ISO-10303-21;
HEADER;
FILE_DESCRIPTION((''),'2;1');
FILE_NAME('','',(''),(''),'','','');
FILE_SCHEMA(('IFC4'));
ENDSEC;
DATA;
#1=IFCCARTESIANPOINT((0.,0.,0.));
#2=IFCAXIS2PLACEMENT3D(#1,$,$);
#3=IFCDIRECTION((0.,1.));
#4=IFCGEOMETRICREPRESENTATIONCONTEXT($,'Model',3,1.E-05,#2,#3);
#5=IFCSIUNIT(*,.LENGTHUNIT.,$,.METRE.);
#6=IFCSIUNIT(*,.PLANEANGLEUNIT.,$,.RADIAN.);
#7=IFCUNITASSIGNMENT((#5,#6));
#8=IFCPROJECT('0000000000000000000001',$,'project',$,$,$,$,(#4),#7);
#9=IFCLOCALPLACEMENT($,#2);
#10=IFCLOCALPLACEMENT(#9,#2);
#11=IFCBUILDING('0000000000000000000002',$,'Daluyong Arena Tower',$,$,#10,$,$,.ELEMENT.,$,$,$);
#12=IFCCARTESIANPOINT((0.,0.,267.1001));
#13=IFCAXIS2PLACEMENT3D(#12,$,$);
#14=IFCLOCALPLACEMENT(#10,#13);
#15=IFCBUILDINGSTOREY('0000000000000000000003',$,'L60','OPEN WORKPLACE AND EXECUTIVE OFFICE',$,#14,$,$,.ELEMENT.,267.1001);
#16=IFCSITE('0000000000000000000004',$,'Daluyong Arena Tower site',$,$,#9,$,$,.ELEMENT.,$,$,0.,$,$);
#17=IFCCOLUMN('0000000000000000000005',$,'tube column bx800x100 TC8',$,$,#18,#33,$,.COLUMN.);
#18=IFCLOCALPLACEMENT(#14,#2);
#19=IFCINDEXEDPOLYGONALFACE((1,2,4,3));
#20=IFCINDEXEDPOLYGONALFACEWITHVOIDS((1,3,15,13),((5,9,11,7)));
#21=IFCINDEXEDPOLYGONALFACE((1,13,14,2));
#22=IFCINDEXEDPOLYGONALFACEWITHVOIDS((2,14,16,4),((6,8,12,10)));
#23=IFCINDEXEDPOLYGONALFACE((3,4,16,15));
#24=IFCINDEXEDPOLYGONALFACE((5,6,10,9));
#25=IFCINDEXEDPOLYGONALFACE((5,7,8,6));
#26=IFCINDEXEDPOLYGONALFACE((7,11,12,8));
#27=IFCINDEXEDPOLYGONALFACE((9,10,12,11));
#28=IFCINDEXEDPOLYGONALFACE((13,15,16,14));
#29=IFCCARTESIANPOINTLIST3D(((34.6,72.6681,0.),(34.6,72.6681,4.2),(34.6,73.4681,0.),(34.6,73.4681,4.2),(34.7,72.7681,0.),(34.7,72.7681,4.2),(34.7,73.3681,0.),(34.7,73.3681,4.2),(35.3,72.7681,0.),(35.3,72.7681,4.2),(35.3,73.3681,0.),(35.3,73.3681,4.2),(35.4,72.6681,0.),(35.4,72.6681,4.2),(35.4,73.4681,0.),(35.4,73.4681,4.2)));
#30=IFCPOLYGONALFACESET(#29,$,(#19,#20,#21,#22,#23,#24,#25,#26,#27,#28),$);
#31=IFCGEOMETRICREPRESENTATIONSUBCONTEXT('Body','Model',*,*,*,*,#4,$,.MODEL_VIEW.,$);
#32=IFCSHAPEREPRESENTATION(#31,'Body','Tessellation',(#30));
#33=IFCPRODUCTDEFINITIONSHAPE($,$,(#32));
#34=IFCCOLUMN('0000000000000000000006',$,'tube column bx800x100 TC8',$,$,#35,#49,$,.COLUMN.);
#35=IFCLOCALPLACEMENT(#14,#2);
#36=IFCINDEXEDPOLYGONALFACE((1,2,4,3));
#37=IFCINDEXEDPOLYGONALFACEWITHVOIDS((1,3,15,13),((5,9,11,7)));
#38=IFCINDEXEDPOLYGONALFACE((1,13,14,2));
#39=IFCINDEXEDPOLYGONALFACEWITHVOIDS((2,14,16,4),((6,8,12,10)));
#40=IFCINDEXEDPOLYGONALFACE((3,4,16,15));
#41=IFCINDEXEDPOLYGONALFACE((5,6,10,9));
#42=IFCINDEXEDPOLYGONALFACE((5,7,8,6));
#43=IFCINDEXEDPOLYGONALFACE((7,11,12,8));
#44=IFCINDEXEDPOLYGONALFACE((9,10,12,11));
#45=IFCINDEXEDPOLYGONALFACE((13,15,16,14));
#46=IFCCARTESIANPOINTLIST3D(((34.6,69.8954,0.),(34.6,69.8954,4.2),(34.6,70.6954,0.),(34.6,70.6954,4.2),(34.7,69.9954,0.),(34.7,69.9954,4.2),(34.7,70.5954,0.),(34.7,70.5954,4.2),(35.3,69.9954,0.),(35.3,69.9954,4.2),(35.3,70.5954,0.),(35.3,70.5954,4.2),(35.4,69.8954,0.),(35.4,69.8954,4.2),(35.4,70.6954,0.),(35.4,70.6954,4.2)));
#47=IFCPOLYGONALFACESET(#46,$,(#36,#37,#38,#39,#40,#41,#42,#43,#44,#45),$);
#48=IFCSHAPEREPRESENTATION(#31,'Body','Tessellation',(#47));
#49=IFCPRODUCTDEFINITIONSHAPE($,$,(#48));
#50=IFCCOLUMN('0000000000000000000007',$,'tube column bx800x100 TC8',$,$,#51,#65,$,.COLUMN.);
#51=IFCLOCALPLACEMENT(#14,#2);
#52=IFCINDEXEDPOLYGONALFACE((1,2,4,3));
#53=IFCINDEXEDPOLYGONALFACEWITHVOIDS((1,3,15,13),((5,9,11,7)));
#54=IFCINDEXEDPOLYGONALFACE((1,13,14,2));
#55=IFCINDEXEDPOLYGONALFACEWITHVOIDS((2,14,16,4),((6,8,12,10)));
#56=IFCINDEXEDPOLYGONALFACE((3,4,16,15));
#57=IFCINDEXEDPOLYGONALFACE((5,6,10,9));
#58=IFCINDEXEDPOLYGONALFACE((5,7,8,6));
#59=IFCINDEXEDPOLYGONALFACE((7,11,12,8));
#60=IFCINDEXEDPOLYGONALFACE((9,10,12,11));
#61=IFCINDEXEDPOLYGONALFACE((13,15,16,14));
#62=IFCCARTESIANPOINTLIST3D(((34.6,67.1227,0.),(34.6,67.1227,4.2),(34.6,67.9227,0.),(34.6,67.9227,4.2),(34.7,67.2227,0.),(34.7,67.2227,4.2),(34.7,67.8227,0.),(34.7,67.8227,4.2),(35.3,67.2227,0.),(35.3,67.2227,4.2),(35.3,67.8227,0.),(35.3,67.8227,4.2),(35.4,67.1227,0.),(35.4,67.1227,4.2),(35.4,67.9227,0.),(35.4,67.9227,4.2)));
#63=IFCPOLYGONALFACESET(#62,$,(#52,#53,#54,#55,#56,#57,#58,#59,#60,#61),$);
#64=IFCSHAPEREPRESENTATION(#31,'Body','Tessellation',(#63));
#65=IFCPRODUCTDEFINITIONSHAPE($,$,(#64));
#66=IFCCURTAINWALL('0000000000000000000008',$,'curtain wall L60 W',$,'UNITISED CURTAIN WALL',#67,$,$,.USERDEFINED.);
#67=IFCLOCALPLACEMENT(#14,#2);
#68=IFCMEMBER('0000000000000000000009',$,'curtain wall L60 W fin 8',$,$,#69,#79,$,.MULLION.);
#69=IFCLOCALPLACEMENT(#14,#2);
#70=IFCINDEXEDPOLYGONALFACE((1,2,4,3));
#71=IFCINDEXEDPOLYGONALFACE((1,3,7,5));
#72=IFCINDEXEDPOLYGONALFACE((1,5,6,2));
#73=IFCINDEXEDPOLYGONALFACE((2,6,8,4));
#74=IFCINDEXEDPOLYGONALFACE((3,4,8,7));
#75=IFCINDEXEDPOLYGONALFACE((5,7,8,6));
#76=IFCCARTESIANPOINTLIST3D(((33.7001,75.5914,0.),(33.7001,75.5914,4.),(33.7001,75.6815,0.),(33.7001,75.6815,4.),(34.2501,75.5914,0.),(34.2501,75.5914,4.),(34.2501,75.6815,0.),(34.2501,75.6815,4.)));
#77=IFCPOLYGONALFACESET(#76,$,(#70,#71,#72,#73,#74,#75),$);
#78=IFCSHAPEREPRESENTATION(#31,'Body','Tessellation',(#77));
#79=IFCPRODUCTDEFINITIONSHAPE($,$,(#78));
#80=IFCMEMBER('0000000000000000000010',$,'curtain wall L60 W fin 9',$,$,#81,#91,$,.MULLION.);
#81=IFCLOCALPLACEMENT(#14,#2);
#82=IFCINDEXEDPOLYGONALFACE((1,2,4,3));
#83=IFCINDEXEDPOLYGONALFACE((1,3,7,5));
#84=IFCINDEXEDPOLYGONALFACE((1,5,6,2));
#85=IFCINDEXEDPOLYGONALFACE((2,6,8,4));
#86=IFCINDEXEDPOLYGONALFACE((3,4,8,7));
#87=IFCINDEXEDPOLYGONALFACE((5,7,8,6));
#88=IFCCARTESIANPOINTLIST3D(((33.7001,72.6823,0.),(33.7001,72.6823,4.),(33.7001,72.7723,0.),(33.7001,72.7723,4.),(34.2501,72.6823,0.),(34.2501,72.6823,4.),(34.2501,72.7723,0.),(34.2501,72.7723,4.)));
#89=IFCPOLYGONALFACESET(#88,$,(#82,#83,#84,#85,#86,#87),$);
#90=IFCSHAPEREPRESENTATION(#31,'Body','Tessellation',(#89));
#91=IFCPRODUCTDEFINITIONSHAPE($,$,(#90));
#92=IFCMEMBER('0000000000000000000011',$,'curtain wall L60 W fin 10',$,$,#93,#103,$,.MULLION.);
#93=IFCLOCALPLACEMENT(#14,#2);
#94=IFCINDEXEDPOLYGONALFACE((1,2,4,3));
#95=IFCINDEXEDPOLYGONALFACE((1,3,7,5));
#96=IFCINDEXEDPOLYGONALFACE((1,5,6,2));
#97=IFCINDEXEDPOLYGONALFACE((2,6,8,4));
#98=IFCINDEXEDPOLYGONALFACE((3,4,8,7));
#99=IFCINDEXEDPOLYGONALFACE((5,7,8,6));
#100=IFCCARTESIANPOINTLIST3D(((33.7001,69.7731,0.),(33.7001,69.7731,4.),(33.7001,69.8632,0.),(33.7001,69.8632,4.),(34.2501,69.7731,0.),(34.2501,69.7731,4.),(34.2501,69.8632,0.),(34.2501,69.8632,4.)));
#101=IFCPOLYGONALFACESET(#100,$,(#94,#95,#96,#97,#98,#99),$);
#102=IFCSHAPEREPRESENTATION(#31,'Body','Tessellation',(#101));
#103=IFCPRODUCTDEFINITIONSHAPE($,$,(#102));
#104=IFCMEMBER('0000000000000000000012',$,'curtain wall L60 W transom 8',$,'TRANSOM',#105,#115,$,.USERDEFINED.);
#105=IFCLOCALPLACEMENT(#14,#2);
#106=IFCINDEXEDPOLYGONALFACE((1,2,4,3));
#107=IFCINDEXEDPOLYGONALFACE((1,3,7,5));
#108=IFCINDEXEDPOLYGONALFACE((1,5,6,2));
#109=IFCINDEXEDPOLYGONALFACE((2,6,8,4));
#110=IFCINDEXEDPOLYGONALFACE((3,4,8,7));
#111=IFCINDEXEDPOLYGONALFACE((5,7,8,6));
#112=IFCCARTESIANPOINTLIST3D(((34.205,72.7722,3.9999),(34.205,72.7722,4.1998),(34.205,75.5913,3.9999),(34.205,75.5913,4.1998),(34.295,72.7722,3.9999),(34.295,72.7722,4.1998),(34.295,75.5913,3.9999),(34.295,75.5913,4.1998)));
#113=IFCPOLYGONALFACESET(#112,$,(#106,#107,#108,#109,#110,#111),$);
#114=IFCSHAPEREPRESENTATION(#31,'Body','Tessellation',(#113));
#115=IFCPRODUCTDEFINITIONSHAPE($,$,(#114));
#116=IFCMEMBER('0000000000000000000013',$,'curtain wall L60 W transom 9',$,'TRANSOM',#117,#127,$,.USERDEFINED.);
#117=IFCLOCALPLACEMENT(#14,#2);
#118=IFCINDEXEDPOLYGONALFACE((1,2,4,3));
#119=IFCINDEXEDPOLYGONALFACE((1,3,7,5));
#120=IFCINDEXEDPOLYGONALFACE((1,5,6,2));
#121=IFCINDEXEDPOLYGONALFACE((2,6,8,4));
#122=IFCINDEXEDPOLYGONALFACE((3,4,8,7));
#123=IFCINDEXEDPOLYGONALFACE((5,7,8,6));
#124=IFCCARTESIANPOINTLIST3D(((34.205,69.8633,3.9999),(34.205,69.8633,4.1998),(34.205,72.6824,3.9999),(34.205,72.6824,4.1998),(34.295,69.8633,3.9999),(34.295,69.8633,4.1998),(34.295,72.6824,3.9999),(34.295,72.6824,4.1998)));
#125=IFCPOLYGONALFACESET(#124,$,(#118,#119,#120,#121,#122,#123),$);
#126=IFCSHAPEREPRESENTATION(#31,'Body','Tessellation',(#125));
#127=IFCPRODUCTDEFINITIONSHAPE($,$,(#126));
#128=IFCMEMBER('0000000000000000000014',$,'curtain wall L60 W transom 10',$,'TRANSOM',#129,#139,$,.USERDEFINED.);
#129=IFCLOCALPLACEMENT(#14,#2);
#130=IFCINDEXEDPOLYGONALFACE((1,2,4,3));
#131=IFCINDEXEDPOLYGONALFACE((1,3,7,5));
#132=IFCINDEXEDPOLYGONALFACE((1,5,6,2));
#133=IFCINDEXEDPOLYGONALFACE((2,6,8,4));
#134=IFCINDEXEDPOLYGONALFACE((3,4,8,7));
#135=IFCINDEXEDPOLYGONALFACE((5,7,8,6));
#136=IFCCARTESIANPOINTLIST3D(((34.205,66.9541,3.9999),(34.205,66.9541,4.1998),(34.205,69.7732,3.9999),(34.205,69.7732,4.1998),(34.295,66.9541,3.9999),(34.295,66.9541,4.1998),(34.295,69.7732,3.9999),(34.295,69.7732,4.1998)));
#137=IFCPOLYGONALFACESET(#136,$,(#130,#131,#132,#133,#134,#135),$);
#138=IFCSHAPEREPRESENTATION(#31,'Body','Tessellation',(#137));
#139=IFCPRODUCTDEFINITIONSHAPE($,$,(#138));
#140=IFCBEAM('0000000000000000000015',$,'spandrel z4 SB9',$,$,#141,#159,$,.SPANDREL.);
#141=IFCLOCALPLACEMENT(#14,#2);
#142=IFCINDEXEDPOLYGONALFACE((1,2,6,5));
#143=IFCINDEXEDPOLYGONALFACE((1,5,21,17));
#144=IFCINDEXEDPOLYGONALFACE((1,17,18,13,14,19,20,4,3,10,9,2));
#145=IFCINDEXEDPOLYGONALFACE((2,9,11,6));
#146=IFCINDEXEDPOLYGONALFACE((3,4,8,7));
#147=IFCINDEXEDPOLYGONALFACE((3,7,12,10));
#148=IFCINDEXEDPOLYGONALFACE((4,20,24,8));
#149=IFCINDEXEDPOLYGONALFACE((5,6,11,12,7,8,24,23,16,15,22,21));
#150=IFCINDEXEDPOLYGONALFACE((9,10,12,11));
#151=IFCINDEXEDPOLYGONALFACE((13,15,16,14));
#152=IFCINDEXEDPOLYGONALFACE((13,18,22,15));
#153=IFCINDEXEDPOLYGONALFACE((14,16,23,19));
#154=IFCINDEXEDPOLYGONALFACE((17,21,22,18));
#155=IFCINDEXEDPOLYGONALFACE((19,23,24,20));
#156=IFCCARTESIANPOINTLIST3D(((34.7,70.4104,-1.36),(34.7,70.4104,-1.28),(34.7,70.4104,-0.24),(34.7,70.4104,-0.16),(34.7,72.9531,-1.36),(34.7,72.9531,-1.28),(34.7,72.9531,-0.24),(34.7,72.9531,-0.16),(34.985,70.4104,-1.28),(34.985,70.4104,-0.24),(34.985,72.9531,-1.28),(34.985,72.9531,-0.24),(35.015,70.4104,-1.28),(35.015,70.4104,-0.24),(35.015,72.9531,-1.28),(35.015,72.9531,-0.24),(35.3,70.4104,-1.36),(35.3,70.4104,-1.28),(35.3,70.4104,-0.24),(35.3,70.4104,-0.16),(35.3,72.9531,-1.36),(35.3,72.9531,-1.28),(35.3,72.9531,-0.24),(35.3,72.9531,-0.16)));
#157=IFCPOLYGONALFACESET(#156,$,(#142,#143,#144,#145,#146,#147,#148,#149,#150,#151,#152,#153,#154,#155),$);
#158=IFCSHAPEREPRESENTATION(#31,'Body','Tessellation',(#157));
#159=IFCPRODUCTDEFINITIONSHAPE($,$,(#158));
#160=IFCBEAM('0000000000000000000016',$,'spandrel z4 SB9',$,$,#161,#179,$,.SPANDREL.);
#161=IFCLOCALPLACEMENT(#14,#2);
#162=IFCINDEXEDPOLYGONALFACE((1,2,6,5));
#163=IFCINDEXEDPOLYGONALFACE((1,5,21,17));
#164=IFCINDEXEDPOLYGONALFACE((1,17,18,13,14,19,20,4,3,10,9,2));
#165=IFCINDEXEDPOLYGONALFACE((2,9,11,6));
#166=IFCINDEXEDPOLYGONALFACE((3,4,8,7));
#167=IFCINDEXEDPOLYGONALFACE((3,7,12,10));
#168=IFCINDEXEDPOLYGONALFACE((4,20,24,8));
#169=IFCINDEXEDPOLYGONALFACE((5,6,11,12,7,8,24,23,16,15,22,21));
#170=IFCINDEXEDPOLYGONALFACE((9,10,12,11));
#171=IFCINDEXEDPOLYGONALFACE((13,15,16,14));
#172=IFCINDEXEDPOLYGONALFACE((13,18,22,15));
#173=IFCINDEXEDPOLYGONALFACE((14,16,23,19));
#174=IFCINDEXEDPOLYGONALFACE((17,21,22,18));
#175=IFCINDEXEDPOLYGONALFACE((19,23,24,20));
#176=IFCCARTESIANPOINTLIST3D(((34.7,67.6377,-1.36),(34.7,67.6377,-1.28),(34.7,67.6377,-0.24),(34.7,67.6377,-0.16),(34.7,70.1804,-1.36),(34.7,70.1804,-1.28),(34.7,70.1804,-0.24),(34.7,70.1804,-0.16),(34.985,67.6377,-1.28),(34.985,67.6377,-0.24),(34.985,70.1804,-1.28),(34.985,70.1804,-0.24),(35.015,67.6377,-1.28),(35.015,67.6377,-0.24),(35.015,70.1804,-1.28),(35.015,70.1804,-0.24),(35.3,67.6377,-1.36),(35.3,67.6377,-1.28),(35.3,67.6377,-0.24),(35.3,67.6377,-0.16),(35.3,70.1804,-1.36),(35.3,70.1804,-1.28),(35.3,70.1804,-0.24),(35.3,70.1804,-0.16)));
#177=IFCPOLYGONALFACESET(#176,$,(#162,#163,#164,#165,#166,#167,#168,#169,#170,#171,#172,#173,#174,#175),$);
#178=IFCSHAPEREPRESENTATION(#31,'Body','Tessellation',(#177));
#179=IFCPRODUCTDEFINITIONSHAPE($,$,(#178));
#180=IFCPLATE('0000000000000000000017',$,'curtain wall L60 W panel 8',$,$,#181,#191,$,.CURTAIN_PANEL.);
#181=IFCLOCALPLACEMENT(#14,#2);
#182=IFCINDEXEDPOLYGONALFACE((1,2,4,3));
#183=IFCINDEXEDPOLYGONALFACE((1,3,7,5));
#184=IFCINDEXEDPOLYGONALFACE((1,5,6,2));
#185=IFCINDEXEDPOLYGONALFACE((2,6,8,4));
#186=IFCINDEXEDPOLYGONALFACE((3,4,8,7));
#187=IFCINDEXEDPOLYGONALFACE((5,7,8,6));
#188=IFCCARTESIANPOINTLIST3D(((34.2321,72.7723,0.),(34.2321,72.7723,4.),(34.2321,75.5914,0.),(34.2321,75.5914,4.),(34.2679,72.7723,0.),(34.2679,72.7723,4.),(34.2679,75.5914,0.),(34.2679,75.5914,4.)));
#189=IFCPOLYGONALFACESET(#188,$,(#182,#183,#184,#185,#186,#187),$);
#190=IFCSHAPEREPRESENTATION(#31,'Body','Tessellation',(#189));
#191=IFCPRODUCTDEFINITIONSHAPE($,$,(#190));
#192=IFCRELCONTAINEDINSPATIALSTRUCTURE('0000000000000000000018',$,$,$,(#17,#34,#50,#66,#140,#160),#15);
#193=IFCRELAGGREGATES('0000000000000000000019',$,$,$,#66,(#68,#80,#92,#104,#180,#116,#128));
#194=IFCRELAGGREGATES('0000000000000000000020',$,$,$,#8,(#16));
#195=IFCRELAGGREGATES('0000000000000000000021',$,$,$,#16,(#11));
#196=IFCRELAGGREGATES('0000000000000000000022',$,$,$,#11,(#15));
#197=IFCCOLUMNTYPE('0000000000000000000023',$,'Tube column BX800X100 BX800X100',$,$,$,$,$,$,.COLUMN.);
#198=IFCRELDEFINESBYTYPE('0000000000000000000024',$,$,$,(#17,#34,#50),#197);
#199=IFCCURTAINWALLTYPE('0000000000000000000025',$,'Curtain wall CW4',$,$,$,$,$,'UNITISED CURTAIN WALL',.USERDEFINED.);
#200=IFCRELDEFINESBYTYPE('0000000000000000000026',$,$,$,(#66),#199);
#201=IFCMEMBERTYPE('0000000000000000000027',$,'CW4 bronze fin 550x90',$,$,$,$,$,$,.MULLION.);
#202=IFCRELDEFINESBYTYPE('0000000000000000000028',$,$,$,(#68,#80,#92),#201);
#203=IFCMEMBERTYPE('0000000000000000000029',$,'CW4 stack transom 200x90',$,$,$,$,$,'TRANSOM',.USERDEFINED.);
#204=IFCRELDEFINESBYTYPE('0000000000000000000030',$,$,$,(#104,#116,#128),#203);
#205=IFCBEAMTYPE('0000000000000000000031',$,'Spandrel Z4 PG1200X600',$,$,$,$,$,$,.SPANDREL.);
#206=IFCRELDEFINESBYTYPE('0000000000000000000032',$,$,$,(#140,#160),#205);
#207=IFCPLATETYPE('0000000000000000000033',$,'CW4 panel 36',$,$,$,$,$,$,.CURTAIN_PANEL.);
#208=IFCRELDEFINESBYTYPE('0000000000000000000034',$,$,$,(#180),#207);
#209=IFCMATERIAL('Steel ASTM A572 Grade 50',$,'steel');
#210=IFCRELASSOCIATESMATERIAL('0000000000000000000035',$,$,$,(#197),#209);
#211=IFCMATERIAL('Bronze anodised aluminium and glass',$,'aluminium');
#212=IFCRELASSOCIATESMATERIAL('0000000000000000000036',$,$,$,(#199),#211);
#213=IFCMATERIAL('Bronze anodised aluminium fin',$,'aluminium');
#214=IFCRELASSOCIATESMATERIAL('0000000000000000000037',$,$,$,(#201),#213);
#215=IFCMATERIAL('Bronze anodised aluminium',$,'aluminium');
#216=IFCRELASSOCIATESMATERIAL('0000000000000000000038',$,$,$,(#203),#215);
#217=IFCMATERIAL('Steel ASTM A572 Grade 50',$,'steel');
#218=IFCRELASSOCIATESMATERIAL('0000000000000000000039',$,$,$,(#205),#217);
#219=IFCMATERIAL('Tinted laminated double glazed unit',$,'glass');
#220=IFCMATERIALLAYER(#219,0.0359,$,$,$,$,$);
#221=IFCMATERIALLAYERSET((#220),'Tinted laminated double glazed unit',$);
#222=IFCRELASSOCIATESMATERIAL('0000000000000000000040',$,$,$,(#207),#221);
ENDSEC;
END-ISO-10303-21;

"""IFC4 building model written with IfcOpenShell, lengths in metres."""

from ifc_helpers import new_model, si_unit, direction, frame, origin, origin_2d, place, context, subcontext, project, spatial, rectangle, hollow_rectangle, i_section, extrude, material, layer, layer_set, material_profile, profile_set, type_object, element, aggregate, save


model = new_model("IFC4")

# Units and contexts
model_context = context("Model", 3, precision=1e-05, world=origin(), true_north=direction((0.0, 1.0)))
body_context = subcontext(model_context, "Body", "Model", "MODEL_VIEW")
ifc_project = project(units=[si_unit("LENGTHUNIT", "METRE"), si_unit("PLANEANGLEUNIT", "RADIAN")], contexts=[model_context])

# Site, building, storey
site_placement = place(None, origin())
site = spatial("IfcSite", under=ifc_project, at=site_placement, Name="Daluyong Arena Tower site", CompositionType="ELEMENT", RefElevation=0.0)
building_placement = place(site_placement, origin())
building = spatial("IfcBuilding", under=site, at=building_placement, Name="Daluyong Arena Tower", CompositionType="ELEMENT")
storey_placement = place(building_placement, frame((0.0, 0.0, 267.1001)))
storey = spatial("IfcBuildingStorey", under=building, at=storey_placement, Name="L60", Description="OPEN WORKPLACE AND EXECUTIVE OFFICE", CompositionType="ELEMENT", Elevation=267.1001)

# Columns
ifc_material_1 = material(Name="Steel ASTM A572 Grade 50", Category="steel")
ifc_material_profile_1 = material_profile(ifc_material_1, hollow_rectangle(XDim=0.8, YDim=0.8, WallThickness=0.1, at=origin_2d()))
ifc_profile_set_1 = profile_set([ifc_material_profile_1], Name="Steel ASTM A572 Grade 50")
column_type = type_object("IfcColumnType", Name="Tube column BX800X100 BX800X100", PredefinedType="COLUMN", material=ifc_profile_set_1)
for number, where, z_axis, x_axis, name in (
    (1, (35.0, 73.0681, 0.0), (0.0, 0.0, 1.0), (0.0, 1.0, 0.0), "tube column bx800x100 TC8"),
    (2, (35.0, 70.2954, 0.0), (0.0, 0.0, 1.0), (0.0, 1.0, 0.0), "tube column bx800x100 TC8"),
    (3, (35.0, 67.5227, 0.0), (0.0, 0.0, 1.0), (0.0, 1.0, 0.0), "tube column bx800x100 TC8"),
):
    element("IfcColumn", number, at=place(storey_placement, frame(where, z_axis=z_axis, x_axis=x_axis)), inside=storey, type_object=column_type, Name=name, PredefinedType="COLUMN", context=body_context, shape_type="SweptSolid", body=[
        extrude(hollow_rectangle(XDim=0.8, YDim=0.8, WallThickness=0.1, at=origin_2d()), origin(), (0.0, 0.0, 1.0), 4.2),
    ])

# Curtain wall, members
ifc_material_2 = material(Name="Bronze anodised aluminium and glass", Category="aluminium")
curtain_wall_type = type_object("IfcCurtainWallType", Name="Curtain wall CW4", ElementType="UNITISED CURTAIN WALL", PredefinedType="USERDEFINED", material=ifc_material_2)
curtain_wall_placement = place(storey_placement, origin())
curtain_wall = element("IfcCurtainWall", 4, at=curtain_wall_placement, inside=storey, type_object=curtain_wall_type, Name="curtain wall L60 W", ObjectType="UNITISED CURTAIN WALL", PredefinedType="USERDEFINED")
ifc_material_3 = material(Name="Bronze anodised aluminium fin", Category="aluminium")
ifc_material_profile_2 = material_profile(ifc_material_3, rectangle(XDim=0.55, YDim=0.0901, at=origin_2d()))
ifc_profile_set_2 = profile_set([ifc_material_profile_2], Name="Bronze anodised aluminium fin")
member_type_1 = type_object("IfcMemberType", Name="CW4 bronze fin 550x90", PredefinedType="MULLION", material=ifc_profile_set_2)
member_1_placement = place(storey_placement, frame((33.9751, 75.6365, 0.0), z_axis=(0.0, 0.0, 1.0), x_axis=(1.0, 0.0, 0.0)))
member_1 = element("IfcMember", 5, at=member_1_placement, type_object=member_type_1, Name="curtain wall L60 W fin 8", PredefinedType="MULLION", context=body_context, shape_type="SweptSolid", body=[
    extrude(rectangle(XDim=0.55, YDim=0.0901, at=origin_2d()), origin(), (0.0, 0.0, 1.0), 4.0),
])
member_2_placement = place(storey_placement, frame((33.9751, 72.7273, 0.0), z_axis=(0.0, 0.0, 1.0), x_axis=(1.0, 0.0, 0.0)))
member_2 = element("IfcMember", 6, at=member_2_placement, type_object=member_type_1, Name="curtain wall L60 W fin 9", PredefinedType="MULLION", context=body_context, shape_type="SweptSolid", body=[
    extrude(rectangle(XDim=0.55, YDim=0.0901, at=origin_2d()), origin(), (0.0, 0.0, 1.0), 4.0),
])
member_3_placement = place(storey_placement, frame((33.9751, 69.8181, 0.0), z_axis=(0.0, 0.0, 1.0), x_axis=(1.0, 0.0, 0.0)))
member_3 = element("IfcMember", 7, at=member_3_placement, type_object=member_type_1, Name="curtain wall L60 W fin 10", PredefinedType="MULLION", context=body_context, shape_type="SweptSolid", body=[
    extrude(rectangle(XDim=0.55, YDim=0.0901, at=origin_2d()), origin(), (0.0, 0.0, 1.0), 4.0),
])
ifc_material_4 = material(Name="Bronze anodised aluminium", Category="aluminium")
ifc_material_profile_3 = material_profile(ifc_material_4, rectangle(XDim=0.0901, YDim=0.2, at=origin_2d()))
ifc_profile_set_3 = profile_set([ifc_material_profile_3], Name="Bronze anodised aluminium")
member_type_2 = type_object("IfcMemberType", Name="CW4 stack transom 200x90", ElementType="TRANSOM", PredefinedType="USERDEFINED", material=ifc_profile_set_3)
member_4_placement = place(storey_placement, frame((34.25, 75.5913, 4.0999), z_axis=(0.0, -1.0, 0.0), x_axis=(1.0, 0.0, 0.0)))
member_4 = element("IfcMember", 8, at=member_4_placement, type_object=member_type_2, Name="curtain wall L60 W transom 8", ObjectType="TRANSOM", PredefinedType="USERDEFINED", context=body_context, shape_type="SweptSolid", body=[
    extrude(rectangle(XDim=0.0901, YDim=0.2, at=origin_2d()), origin(), (0.0, 0.0, 1.0), 2.8191),
])
member_5_placement = place(storey_placement, frame((34.25, 72.6824, 4.0999), z_axis=(0.0, -1.0, 0.0), x_axis=(1.0, 0.0, 0.0)))
member_5 = element("IfcMember", 9, at=member_5_placement, type_object=member_type_2, Name="curtain wall L60 W transom 9", ObjectType="TRANSOM", PredefinedType="USERDEFINED", context=body_context, shape_type="SweptSolid", body=[
    extrude(rectangle(XDim=0.0901, YDim=0.2, at=origin_2d()), origin(), (0.0, 0.0, 1.0), 2.8191),
])
member_6_placement = place(storey_placement, frame((34.25, 69.7732, 4.0999), z_axis=(0.0, -1.0, 0.0), x_axis=(1.0, 0.0, 0.0)))
member_6 = element("IfcMember", 10, at=member_6_placement, type_object=member_type_2, Name="curtain wall L60 W transom 10", ObjectType="TRANSOM", PredefinedType="USERDEFINED", context=body_context, shape_type="SweptSolid", body=[
    extrude(rectangle(XDim=0.0901, YDim=0.2, at=origin_2d()), origin(), (0.0, 0.0, 1.0), 2.8191),
])

# Beams
ifc_material_5 = material(Name="Steel ASTM A572 Grade 50", Category="steel")
ifc_material_profile_4 = material_profile(ifc_material_5, i_section(OverallWidth=0.6001, OverallDepth=1.2, WebThickness=0.03, FlangeThickness=0.08, at=origin_2d()))
ifc_profile_set_4 = profile_set([ifc_material_profile_4], Name="Steel ASTM A572 Grade 50")
beam_type = type_object("IfcBeamType", Name="Spandrel Z4 PG1200X600", PredefinedType="SPANDREL", material=ifc_profile_set_4)
for number, where, z_axis, x_axis, name in (
    (11, (35.0, 72.9531, -0.76), (0.0, -1.0, 0.0), (1.0, 0.0, 0.0), "spandrel z4 SB9"),
    (12, (35.0, 70.1804, -0.76), (0.0, -1.0, 0.0), (1.0, 0.0, 0.0), "spandrel z4 SB9"),
):
    element("IfcBeam", number, at=place(storey_placement, frame(where, z_axis=z_axis, x_axis=x_axis)), inside=storey, type_object=beam_type, Name=name, PredefinedType="SPANDREL", context=body_context, shape_type="SweptSolid", body=[
        extrude(i_section(OverallWidth=0.6001, OverallDepth=1.2, WebThickness=0.03, FlangeThickness=0.08, at=origin_2d()), origin(), (0.0, 0.0, 1.0), 2.5427),
    ])

# Plate
ifc_material_6 = material(Name="Tinted laminated double glazed unit", Category="glass")
ifc_layer = layer(ifc_material_6, 0.0359)
ifc_layer_set = layer_set([ifc_layer], Name="Tinted laminated double glazed unit")
plate_type = type_object("IfcPlateType", Name="CW4 panel 36", PredefinedType="CURTAIN_PANEL", material=ifc_layer_set)
plate_1_placement = place(storey_placement, frame((34.25, 74.1819, 0.0), z_axis=(0.0, 0.0, 1.0), x_axis=(0.0, -1.0, 0.0)))
plate_1 = element("IfcPlate", 13, at=plate_1_placement, type_object=plate_type, Name="curtain wall L60 W panel 8", PredefinedType="CURTAIN_PANEL", context=body_context, shape_type="SweptSolid", body=[
    extrude(rectangle(XDim=2.8191, YDim=0.0359, at=origin_2d()), origin(), (0.0, 0.0, 1.0), 4.0),
])
aggregate(curtain_wall, [member_1, member_2, member_3, member_4, plate_1, member_5, member_6])

save(model, "model.ifc")
